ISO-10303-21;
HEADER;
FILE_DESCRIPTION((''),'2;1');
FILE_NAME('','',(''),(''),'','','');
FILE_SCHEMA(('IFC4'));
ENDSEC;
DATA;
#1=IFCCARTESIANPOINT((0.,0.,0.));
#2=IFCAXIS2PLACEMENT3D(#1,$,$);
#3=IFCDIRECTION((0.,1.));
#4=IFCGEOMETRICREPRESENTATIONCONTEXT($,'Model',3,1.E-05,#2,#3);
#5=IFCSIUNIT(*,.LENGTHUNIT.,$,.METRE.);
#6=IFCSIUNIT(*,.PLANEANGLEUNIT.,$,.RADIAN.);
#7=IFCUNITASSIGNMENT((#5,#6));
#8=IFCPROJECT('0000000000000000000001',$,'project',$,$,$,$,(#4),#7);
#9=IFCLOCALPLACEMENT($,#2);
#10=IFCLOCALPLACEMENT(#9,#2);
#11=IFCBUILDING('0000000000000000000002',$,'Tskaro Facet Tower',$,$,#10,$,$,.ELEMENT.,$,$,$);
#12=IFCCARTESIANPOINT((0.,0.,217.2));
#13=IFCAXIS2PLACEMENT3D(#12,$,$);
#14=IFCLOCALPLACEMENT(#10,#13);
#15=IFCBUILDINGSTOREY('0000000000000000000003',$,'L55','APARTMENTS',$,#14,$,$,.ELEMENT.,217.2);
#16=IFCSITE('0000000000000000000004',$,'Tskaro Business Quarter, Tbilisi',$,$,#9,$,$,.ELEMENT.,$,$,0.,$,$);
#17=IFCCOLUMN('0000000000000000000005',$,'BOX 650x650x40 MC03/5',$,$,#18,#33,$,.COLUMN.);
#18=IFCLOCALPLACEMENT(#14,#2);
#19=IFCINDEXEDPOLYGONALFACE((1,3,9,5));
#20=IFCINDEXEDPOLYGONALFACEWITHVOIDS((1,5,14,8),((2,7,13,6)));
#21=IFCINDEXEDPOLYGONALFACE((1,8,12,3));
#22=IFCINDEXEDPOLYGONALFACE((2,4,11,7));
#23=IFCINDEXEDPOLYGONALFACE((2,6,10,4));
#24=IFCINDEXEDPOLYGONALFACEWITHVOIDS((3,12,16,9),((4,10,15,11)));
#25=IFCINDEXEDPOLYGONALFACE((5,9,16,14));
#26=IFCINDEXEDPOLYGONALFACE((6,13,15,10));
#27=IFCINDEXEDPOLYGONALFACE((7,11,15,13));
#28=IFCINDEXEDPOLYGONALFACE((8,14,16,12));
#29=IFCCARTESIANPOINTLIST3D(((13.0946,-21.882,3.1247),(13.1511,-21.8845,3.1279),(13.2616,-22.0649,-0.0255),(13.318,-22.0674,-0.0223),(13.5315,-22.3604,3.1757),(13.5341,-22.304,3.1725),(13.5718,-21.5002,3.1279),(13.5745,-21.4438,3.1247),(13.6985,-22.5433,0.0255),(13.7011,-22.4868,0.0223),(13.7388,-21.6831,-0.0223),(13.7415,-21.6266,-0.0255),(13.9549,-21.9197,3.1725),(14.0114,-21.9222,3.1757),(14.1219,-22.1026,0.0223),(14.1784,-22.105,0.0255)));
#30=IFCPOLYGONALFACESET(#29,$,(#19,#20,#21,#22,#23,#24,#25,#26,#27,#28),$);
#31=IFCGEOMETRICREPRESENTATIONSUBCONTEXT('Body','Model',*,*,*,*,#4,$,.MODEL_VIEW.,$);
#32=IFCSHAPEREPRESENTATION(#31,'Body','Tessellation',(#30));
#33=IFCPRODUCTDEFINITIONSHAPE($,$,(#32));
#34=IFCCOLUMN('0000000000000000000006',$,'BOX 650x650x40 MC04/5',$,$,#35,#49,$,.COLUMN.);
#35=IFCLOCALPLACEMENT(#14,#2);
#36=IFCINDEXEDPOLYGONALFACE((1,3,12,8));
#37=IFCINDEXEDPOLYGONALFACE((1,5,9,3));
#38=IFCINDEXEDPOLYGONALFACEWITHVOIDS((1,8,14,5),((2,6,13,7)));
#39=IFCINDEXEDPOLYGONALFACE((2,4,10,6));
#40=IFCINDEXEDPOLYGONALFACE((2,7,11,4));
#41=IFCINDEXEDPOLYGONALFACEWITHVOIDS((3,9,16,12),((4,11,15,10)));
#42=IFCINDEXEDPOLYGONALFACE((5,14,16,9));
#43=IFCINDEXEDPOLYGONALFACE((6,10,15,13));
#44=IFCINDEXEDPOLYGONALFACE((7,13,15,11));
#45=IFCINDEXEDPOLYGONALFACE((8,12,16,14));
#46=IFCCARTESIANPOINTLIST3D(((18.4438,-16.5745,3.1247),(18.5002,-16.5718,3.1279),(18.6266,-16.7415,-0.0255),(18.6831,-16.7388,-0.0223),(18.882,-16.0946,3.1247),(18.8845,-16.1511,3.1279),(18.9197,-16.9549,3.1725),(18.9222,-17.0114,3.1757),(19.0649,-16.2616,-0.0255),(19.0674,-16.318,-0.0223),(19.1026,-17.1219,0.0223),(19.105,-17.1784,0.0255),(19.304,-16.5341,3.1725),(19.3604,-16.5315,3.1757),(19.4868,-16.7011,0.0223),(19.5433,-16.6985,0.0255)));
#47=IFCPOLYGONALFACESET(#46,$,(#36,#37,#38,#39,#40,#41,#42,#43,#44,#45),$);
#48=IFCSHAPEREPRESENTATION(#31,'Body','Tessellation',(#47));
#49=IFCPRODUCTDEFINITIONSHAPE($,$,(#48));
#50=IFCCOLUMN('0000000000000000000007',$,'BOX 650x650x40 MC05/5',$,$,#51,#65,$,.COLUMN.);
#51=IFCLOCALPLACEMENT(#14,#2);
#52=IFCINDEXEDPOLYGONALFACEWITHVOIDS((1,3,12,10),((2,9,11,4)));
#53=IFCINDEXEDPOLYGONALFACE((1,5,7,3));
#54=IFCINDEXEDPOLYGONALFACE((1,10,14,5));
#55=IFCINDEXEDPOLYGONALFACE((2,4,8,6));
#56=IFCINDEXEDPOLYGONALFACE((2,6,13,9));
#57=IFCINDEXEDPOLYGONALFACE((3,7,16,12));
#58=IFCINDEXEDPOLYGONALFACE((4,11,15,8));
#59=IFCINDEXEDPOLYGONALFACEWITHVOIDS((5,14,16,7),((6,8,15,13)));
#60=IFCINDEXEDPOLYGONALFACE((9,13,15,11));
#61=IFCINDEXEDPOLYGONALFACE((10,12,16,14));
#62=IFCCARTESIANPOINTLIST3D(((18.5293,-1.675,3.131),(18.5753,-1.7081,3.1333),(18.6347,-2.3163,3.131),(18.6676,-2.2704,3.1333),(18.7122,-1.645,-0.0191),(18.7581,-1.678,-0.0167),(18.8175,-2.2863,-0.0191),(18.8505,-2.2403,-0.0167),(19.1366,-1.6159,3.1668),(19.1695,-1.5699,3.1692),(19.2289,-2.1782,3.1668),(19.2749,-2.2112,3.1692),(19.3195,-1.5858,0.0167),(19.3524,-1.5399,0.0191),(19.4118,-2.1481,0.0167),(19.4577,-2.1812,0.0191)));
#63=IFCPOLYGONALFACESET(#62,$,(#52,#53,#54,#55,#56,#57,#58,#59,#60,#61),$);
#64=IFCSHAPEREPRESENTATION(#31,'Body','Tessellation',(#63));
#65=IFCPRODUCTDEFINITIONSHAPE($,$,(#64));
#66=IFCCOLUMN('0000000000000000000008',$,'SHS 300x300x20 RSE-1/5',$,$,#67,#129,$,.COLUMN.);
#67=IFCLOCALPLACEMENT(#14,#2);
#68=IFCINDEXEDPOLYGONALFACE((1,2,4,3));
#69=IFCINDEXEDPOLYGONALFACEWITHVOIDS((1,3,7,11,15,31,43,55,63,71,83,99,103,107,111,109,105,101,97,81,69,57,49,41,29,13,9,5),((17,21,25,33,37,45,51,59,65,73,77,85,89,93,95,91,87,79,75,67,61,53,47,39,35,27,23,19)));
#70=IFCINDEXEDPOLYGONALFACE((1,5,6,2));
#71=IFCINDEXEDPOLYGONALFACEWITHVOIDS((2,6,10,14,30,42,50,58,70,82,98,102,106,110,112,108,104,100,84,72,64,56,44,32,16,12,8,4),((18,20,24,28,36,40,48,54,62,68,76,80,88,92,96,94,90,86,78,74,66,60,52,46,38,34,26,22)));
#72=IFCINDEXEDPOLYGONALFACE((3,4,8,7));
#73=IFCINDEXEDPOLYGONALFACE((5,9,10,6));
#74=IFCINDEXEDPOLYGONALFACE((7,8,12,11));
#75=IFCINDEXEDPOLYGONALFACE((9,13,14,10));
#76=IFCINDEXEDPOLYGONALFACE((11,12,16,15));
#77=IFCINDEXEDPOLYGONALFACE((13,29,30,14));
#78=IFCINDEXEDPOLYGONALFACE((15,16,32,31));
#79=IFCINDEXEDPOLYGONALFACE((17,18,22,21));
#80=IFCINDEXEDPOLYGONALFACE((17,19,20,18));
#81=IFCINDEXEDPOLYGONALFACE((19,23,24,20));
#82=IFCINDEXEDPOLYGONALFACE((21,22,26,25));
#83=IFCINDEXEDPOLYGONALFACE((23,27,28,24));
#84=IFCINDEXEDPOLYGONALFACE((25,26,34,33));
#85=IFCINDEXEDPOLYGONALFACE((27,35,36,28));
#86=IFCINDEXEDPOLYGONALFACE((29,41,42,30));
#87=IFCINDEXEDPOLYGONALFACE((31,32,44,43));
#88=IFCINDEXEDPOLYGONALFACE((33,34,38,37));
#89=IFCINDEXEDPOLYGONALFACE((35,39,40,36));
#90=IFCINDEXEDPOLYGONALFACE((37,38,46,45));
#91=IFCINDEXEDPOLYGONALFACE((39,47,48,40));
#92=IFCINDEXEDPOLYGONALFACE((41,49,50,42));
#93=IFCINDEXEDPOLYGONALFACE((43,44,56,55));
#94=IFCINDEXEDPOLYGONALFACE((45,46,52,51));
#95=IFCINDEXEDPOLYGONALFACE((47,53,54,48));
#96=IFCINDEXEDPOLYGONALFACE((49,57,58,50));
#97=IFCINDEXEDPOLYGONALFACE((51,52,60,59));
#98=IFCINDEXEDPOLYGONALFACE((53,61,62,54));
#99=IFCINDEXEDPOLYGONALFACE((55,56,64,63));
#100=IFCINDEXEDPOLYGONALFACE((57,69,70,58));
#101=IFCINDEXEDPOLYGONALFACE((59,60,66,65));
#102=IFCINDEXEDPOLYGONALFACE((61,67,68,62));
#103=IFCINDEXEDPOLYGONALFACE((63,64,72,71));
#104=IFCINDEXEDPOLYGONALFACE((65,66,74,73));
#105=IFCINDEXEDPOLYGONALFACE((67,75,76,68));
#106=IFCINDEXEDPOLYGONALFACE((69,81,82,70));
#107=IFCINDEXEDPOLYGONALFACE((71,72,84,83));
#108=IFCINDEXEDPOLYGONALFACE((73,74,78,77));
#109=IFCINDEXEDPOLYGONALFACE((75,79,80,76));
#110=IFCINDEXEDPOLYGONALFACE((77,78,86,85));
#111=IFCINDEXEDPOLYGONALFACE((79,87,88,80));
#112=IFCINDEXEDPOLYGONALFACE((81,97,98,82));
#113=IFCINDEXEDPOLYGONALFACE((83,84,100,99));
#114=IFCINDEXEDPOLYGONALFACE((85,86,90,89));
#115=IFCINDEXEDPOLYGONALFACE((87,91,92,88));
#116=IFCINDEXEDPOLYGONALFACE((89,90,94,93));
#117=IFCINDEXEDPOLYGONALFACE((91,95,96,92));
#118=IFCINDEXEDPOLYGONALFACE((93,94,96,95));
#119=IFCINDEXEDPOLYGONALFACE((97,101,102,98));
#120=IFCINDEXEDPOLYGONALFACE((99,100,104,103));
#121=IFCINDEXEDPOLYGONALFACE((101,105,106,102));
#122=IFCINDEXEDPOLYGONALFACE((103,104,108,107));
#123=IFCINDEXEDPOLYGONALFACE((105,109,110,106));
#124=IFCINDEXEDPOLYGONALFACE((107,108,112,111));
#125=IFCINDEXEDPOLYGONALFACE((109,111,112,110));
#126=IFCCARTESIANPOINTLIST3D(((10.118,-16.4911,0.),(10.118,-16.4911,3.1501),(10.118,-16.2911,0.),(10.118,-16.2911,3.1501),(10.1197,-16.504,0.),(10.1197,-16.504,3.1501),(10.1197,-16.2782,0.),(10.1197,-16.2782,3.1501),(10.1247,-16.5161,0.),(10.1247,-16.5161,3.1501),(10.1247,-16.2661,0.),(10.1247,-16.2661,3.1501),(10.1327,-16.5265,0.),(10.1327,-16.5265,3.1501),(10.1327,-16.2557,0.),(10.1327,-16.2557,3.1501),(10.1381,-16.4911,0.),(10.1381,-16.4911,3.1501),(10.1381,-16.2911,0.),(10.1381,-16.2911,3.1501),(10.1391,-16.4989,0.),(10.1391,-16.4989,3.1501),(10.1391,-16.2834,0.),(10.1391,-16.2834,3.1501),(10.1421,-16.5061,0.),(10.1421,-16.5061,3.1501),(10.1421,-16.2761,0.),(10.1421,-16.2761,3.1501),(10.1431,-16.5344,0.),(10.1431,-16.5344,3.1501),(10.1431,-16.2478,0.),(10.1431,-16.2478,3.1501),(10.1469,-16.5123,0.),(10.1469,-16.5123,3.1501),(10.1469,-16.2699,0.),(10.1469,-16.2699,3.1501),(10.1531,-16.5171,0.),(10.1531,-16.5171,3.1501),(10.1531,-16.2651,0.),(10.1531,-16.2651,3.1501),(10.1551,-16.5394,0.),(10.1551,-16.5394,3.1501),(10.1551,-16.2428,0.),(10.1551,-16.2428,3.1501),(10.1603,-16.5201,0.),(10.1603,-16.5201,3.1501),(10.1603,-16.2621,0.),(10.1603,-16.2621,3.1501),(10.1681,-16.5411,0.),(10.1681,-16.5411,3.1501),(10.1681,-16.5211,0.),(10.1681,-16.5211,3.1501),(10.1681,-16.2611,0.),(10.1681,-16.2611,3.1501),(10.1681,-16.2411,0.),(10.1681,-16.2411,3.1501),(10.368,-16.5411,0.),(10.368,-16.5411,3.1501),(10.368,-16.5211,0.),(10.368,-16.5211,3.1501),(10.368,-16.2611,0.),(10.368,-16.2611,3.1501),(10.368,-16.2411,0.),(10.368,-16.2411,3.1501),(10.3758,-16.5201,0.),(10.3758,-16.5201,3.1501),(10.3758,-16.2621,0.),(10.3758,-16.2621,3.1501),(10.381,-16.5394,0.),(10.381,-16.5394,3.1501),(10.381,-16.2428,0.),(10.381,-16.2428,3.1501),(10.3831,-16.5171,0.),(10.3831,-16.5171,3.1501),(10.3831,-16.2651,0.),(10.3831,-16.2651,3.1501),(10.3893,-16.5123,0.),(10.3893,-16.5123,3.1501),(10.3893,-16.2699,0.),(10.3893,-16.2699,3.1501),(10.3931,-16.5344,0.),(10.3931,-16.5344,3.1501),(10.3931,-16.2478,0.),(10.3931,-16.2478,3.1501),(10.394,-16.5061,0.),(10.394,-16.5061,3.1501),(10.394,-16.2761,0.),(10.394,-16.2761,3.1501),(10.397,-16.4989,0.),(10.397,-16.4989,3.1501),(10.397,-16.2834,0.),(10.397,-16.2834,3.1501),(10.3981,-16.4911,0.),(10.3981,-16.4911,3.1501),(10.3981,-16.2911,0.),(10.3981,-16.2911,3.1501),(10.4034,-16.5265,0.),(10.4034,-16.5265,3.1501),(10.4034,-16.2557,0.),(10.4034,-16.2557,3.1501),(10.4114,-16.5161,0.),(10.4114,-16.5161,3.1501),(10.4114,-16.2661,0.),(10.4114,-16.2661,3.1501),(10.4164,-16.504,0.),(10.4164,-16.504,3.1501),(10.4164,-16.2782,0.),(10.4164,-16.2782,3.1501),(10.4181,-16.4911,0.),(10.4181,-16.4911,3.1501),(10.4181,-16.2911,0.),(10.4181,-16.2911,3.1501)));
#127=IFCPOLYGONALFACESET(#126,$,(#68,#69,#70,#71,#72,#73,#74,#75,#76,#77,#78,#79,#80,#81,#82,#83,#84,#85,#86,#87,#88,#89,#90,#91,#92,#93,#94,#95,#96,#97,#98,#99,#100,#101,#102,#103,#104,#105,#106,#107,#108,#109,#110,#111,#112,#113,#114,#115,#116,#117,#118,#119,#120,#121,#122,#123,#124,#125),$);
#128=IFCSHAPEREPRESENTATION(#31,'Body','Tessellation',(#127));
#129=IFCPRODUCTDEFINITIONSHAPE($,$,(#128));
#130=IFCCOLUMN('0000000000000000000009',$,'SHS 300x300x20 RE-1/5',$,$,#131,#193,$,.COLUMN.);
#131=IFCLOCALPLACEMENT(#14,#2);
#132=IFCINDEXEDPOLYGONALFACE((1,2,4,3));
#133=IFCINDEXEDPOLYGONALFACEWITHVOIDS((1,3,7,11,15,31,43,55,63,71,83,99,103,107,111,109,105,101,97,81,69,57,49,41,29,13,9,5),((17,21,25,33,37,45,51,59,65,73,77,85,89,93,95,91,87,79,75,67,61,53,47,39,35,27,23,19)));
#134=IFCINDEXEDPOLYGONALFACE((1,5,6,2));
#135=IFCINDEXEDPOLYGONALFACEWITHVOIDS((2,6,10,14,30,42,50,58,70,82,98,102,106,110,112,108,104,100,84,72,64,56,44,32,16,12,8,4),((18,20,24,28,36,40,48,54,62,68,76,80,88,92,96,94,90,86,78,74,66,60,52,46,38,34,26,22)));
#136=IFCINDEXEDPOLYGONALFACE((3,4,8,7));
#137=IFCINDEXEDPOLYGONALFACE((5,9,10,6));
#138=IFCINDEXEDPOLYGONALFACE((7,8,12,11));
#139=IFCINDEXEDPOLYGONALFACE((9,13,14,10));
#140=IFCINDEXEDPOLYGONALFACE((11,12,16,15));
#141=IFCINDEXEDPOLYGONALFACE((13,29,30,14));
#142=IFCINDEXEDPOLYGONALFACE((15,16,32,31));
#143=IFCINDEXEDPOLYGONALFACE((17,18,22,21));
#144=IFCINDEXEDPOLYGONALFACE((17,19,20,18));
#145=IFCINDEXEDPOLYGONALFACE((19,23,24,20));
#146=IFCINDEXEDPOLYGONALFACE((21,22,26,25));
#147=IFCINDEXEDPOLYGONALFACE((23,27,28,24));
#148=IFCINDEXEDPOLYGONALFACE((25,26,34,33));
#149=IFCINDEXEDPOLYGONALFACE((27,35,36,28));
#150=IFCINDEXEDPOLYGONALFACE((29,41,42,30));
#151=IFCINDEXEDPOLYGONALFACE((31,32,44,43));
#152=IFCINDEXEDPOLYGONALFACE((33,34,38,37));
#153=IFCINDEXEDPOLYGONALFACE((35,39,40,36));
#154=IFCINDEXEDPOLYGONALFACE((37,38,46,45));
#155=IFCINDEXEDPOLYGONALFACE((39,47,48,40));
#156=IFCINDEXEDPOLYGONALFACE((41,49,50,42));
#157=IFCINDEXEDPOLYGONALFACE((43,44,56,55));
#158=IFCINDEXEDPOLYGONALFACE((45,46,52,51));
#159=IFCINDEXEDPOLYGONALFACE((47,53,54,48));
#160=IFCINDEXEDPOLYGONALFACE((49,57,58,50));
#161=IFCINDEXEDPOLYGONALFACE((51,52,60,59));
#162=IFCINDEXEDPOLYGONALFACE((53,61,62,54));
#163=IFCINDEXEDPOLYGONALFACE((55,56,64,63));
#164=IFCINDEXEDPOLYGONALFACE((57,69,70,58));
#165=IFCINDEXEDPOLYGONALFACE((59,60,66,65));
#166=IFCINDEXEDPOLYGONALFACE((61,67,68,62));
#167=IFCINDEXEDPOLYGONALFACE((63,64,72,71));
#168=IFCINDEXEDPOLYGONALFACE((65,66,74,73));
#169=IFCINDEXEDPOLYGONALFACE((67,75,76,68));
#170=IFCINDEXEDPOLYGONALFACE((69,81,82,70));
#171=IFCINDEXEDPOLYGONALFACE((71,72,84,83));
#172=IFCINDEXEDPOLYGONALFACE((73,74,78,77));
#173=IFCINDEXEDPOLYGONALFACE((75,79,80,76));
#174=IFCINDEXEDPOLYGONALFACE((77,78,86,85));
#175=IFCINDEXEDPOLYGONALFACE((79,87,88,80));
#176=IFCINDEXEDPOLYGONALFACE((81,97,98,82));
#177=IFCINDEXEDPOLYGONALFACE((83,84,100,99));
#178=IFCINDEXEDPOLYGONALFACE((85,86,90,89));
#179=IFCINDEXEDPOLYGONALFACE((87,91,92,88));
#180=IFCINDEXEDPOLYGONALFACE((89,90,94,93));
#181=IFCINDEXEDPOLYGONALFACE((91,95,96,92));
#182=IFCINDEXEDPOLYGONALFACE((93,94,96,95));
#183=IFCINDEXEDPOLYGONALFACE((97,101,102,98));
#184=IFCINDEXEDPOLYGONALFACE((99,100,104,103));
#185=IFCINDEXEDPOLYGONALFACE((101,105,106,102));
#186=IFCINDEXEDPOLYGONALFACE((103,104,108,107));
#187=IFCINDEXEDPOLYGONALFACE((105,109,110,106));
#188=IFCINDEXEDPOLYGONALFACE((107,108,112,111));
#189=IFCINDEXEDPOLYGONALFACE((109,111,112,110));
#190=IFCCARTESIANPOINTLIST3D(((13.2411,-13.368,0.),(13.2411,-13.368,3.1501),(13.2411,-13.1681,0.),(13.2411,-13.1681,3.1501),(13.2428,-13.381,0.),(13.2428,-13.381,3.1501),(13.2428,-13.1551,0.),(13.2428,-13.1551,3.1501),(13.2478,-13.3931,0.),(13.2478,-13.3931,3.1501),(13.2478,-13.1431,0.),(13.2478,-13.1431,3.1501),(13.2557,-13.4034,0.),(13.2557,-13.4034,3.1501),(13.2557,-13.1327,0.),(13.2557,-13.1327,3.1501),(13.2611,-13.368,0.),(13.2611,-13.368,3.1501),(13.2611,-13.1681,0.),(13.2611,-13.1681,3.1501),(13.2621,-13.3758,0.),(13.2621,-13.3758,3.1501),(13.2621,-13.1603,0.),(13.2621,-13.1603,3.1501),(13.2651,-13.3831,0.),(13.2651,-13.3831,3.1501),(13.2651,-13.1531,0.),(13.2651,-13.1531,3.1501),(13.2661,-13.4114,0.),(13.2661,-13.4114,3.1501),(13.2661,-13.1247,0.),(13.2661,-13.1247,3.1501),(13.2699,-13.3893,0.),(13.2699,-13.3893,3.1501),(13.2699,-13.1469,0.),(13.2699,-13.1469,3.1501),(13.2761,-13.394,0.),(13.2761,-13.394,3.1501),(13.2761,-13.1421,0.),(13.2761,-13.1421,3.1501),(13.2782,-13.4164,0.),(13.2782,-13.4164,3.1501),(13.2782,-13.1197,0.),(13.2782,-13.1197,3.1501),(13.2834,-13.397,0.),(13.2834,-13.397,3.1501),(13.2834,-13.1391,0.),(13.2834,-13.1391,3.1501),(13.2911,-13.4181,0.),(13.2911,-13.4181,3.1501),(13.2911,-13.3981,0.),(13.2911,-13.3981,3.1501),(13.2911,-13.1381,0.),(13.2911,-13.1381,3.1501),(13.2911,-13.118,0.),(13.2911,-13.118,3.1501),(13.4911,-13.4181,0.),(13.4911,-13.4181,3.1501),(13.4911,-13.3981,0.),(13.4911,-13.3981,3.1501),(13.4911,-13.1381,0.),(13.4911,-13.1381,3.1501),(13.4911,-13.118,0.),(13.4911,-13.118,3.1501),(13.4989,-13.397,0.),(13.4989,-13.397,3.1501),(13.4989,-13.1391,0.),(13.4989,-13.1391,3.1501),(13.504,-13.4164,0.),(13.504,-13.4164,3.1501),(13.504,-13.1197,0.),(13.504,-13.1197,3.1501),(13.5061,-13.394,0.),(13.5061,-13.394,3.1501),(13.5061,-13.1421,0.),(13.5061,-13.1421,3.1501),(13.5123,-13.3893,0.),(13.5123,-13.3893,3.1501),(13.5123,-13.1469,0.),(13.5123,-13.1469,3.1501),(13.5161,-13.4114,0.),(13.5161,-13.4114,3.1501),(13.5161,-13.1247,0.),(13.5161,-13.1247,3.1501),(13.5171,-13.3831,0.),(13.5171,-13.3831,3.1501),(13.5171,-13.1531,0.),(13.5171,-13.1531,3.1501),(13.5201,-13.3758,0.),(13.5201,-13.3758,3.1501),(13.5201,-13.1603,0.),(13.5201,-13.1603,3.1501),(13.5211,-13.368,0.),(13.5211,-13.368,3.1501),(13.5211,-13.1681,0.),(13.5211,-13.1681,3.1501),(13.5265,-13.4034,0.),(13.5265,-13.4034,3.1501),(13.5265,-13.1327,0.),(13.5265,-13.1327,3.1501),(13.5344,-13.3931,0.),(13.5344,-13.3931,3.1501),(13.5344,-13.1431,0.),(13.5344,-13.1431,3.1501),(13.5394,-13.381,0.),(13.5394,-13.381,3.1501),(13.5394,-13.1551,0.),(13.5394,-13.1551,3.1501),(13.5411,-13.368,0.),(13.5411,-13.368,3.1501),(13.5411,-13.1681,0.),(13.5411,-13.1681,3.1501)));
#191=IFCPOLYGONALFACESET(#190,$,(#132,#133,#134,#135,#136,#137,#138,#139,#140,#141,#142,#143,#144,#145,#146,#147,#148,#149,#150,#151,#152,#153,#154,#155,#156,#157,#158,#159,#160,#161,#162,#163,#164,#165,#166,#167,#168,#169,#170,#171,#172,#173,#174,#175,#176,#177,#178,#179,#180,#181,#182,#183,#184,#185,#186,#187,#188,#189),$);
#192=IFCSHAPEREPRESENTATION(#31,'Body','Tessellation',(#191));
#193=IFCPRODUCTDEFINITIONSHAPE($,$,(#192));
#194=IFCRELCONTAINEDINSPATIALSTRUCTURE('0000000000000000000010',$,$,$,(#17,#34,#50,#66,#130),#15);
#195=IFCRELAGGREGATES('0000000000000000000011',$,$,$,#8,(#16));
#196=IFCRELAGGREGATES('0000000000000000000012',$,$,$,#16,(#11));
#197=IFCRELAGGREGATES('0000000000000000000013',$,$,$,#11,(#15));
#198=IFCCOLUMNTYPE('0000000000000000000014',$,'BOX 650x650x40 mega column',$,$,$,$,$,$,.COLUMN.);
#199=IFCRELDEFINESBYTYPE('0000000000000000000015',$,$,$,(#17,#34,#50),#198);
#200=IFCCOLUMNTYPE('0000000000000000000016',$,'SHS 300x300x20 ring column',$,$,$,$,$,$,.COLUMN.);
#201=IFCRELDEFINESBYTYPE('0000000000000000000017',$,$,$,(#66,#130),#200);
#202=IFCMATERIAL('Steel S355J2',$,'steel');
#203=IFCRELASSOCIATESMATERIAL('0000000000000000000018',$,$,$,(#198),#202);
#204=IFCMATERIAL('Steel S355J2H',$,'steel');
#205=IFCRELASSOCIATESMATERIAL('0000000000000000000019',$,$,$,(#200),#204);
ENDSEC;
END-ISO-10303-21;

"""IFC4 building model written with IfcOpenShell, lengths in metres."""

from ifc_helpers import new_model, si_unit, direction, frame, origin, origin_2d, place, context, subcontext, project, spatial, hollow_rectangle, extrude, material, material_profile, profile_set, type_object, element, save


model = new_model("IFC4")

# Units and contexts
model_context = context("Model", 3, precision=1e-05, world=origin(), true_north=direction((0.0, 1.0)))
body_context = subcontext(model_context, "Body", "Model", "MODEL_VIEW")
ifc_project = project(units=[si_unit("LENGTHUNIT", "METRE"), si_unit("PLANEANGLEUNIT", "RADIAN")], contexts=[model_context])

# Site, building, storey
site_placement = place(None, origin())
site = spatial("IfcSite", under=ifc_project, at=site_placement, Name="Tskaro Business Quarter, Tbilisi", CompositionType="ELEMENT", RefElevation=0.0)
building_placement = place(site_placement, origin())
building = spatial("IfcBuilding", under=site, at=building_placement, Name="Tskaro Facet Tower", CompositionType="ELEMENT")
storey_placement = place(building_placement, frame((0.0, 0.0, 217.2)))
storey = spatial("IfcBuildingStorey", under=building, at=storey_placement, Name="L55", Description="APARTMENTS", CompositionType="ELEMENT", Elevation=217.2)

# Columns
ifc_material_1 = material(Name="Steel S355J2", Category="steel")
ifc_material_profile_1 = material_profile(ifc_material_1, hollow_rectangle(XDim=0.6499, YDim=0.6499, WallThickness=0.04, at=origin_2d()), Name="BOX 650x650x40")
ifc_profile_set_1 = profile_set([ifc_material_profile_1], Name="Steel S355J2")
column_type_1 = type_object("IfcColumnType", Name="BOX 650x650x40 mega column", PredefinedType="COLUMN", material=ifc_profile_set_1)
for number, where, z_axis, x_axis, name in (
    (1, (13.72, -22.085, 0.0), (-0.052848, 0.05787, 0.996924), (-0.738421, -0.674339, 0.0), "BOX 650x650x40 MC03/5"),
    (2, (19.085, -16.72, 0.0), (-0.05787, 0.052848, 0.996924), (-0.674339, -0.738421, 0.0), "BOX 650x650x40 MC04/5"),
):
    element("IfcColumn", number, at=place(storey_placement, frame(where, z_axis=z_axis, x_axis=x_axis)), inside=storey, type_object=column_type_1, Name=name, PredefinedType="COLUMN", context=body_context, shape_type="SweptSolid", body=[
        extrude(hollow_rectangle(XDim=0.6499, YDim=0.6499, WallThickness=0.04, at=origin_2d()), origin(), (0.0, 0.0, 1.0), 3.1599),
    ])
column_placement = place(storey_placement, frame((19.085, -1.9131, 0.0), z_axis=(-0.057948, -0.009516, 0.998274), x_axis=(0.162048, -0.986783, 0.0)))
element("IfcColumn", 3, at=column_placement, inside=storey, type_object=column_type_1, Name="BOX 650x650x40 MC05/5", PredefinedType="COLUMN", context=body_context, shape_type="SweptSolid", body=[
    extrude(hollow_rectangle(XDim=0.6499, YDim=0.6499, WallThickness=0.04, at=origin_2d()), origin(), (0.0, 0.0, 1.0), 3.1555),
])
ifc_material_2 = material(Name="Steel S355J2H", Category="steel")
ifc_material_profile_2 = material_profile(ifc_material_2, hollow_rectangle(XDim=0.3, YDim=0.3, WallThickness=0.02, InnerFilletRadius=0.03, OuterFilletRadius=0.05, at=origin_2d()), Name="SHS 300x300x20")
ifc_profile_set_2 = profile_set([ifc_material_profile_2], Name="Steel S355J2H")
column_type_2 = type_object("IfcColumnType", Name="SHS 300x300x20 ring column", PredefinedType="COLUMN", material=ifc_profile_set_2)
for number, where, z_axis, x_axis, name in (
    (4, (10.2681, -16.3911, 0.0), (0.0, 0.0, 1.0), (1.0, 0.0, 0.0), "SHS 300x300x20 RSE-1/5"),
    (5, (13.3911, -13.2681, 0.0), (0.0, 0.0, 1.0), (1.0, 0.0, 0.0), "SHS 300x300x20 RE-1/5"),
):
    element("IfcColumn", number, at=place(storey_placement, frame(where, z_axis=z_axis, x_axis=x_axis)), inside=storey, type_object=column_type_2, Name=name, PredefinedType="COLUMN", context=body_context, shape_type="SweptSolid", body=[
        extrude(hollow_rectangle(XDim=0.3, YDim=0.3, WallThickness=0.02, InnerFilletRadius=0.03, OuterFilletRadius=0.05, at=origin_2d()), origin(), (0.0, 0.0, 1.0), 3.1501),
    ])

save(model, "model.ifc")
